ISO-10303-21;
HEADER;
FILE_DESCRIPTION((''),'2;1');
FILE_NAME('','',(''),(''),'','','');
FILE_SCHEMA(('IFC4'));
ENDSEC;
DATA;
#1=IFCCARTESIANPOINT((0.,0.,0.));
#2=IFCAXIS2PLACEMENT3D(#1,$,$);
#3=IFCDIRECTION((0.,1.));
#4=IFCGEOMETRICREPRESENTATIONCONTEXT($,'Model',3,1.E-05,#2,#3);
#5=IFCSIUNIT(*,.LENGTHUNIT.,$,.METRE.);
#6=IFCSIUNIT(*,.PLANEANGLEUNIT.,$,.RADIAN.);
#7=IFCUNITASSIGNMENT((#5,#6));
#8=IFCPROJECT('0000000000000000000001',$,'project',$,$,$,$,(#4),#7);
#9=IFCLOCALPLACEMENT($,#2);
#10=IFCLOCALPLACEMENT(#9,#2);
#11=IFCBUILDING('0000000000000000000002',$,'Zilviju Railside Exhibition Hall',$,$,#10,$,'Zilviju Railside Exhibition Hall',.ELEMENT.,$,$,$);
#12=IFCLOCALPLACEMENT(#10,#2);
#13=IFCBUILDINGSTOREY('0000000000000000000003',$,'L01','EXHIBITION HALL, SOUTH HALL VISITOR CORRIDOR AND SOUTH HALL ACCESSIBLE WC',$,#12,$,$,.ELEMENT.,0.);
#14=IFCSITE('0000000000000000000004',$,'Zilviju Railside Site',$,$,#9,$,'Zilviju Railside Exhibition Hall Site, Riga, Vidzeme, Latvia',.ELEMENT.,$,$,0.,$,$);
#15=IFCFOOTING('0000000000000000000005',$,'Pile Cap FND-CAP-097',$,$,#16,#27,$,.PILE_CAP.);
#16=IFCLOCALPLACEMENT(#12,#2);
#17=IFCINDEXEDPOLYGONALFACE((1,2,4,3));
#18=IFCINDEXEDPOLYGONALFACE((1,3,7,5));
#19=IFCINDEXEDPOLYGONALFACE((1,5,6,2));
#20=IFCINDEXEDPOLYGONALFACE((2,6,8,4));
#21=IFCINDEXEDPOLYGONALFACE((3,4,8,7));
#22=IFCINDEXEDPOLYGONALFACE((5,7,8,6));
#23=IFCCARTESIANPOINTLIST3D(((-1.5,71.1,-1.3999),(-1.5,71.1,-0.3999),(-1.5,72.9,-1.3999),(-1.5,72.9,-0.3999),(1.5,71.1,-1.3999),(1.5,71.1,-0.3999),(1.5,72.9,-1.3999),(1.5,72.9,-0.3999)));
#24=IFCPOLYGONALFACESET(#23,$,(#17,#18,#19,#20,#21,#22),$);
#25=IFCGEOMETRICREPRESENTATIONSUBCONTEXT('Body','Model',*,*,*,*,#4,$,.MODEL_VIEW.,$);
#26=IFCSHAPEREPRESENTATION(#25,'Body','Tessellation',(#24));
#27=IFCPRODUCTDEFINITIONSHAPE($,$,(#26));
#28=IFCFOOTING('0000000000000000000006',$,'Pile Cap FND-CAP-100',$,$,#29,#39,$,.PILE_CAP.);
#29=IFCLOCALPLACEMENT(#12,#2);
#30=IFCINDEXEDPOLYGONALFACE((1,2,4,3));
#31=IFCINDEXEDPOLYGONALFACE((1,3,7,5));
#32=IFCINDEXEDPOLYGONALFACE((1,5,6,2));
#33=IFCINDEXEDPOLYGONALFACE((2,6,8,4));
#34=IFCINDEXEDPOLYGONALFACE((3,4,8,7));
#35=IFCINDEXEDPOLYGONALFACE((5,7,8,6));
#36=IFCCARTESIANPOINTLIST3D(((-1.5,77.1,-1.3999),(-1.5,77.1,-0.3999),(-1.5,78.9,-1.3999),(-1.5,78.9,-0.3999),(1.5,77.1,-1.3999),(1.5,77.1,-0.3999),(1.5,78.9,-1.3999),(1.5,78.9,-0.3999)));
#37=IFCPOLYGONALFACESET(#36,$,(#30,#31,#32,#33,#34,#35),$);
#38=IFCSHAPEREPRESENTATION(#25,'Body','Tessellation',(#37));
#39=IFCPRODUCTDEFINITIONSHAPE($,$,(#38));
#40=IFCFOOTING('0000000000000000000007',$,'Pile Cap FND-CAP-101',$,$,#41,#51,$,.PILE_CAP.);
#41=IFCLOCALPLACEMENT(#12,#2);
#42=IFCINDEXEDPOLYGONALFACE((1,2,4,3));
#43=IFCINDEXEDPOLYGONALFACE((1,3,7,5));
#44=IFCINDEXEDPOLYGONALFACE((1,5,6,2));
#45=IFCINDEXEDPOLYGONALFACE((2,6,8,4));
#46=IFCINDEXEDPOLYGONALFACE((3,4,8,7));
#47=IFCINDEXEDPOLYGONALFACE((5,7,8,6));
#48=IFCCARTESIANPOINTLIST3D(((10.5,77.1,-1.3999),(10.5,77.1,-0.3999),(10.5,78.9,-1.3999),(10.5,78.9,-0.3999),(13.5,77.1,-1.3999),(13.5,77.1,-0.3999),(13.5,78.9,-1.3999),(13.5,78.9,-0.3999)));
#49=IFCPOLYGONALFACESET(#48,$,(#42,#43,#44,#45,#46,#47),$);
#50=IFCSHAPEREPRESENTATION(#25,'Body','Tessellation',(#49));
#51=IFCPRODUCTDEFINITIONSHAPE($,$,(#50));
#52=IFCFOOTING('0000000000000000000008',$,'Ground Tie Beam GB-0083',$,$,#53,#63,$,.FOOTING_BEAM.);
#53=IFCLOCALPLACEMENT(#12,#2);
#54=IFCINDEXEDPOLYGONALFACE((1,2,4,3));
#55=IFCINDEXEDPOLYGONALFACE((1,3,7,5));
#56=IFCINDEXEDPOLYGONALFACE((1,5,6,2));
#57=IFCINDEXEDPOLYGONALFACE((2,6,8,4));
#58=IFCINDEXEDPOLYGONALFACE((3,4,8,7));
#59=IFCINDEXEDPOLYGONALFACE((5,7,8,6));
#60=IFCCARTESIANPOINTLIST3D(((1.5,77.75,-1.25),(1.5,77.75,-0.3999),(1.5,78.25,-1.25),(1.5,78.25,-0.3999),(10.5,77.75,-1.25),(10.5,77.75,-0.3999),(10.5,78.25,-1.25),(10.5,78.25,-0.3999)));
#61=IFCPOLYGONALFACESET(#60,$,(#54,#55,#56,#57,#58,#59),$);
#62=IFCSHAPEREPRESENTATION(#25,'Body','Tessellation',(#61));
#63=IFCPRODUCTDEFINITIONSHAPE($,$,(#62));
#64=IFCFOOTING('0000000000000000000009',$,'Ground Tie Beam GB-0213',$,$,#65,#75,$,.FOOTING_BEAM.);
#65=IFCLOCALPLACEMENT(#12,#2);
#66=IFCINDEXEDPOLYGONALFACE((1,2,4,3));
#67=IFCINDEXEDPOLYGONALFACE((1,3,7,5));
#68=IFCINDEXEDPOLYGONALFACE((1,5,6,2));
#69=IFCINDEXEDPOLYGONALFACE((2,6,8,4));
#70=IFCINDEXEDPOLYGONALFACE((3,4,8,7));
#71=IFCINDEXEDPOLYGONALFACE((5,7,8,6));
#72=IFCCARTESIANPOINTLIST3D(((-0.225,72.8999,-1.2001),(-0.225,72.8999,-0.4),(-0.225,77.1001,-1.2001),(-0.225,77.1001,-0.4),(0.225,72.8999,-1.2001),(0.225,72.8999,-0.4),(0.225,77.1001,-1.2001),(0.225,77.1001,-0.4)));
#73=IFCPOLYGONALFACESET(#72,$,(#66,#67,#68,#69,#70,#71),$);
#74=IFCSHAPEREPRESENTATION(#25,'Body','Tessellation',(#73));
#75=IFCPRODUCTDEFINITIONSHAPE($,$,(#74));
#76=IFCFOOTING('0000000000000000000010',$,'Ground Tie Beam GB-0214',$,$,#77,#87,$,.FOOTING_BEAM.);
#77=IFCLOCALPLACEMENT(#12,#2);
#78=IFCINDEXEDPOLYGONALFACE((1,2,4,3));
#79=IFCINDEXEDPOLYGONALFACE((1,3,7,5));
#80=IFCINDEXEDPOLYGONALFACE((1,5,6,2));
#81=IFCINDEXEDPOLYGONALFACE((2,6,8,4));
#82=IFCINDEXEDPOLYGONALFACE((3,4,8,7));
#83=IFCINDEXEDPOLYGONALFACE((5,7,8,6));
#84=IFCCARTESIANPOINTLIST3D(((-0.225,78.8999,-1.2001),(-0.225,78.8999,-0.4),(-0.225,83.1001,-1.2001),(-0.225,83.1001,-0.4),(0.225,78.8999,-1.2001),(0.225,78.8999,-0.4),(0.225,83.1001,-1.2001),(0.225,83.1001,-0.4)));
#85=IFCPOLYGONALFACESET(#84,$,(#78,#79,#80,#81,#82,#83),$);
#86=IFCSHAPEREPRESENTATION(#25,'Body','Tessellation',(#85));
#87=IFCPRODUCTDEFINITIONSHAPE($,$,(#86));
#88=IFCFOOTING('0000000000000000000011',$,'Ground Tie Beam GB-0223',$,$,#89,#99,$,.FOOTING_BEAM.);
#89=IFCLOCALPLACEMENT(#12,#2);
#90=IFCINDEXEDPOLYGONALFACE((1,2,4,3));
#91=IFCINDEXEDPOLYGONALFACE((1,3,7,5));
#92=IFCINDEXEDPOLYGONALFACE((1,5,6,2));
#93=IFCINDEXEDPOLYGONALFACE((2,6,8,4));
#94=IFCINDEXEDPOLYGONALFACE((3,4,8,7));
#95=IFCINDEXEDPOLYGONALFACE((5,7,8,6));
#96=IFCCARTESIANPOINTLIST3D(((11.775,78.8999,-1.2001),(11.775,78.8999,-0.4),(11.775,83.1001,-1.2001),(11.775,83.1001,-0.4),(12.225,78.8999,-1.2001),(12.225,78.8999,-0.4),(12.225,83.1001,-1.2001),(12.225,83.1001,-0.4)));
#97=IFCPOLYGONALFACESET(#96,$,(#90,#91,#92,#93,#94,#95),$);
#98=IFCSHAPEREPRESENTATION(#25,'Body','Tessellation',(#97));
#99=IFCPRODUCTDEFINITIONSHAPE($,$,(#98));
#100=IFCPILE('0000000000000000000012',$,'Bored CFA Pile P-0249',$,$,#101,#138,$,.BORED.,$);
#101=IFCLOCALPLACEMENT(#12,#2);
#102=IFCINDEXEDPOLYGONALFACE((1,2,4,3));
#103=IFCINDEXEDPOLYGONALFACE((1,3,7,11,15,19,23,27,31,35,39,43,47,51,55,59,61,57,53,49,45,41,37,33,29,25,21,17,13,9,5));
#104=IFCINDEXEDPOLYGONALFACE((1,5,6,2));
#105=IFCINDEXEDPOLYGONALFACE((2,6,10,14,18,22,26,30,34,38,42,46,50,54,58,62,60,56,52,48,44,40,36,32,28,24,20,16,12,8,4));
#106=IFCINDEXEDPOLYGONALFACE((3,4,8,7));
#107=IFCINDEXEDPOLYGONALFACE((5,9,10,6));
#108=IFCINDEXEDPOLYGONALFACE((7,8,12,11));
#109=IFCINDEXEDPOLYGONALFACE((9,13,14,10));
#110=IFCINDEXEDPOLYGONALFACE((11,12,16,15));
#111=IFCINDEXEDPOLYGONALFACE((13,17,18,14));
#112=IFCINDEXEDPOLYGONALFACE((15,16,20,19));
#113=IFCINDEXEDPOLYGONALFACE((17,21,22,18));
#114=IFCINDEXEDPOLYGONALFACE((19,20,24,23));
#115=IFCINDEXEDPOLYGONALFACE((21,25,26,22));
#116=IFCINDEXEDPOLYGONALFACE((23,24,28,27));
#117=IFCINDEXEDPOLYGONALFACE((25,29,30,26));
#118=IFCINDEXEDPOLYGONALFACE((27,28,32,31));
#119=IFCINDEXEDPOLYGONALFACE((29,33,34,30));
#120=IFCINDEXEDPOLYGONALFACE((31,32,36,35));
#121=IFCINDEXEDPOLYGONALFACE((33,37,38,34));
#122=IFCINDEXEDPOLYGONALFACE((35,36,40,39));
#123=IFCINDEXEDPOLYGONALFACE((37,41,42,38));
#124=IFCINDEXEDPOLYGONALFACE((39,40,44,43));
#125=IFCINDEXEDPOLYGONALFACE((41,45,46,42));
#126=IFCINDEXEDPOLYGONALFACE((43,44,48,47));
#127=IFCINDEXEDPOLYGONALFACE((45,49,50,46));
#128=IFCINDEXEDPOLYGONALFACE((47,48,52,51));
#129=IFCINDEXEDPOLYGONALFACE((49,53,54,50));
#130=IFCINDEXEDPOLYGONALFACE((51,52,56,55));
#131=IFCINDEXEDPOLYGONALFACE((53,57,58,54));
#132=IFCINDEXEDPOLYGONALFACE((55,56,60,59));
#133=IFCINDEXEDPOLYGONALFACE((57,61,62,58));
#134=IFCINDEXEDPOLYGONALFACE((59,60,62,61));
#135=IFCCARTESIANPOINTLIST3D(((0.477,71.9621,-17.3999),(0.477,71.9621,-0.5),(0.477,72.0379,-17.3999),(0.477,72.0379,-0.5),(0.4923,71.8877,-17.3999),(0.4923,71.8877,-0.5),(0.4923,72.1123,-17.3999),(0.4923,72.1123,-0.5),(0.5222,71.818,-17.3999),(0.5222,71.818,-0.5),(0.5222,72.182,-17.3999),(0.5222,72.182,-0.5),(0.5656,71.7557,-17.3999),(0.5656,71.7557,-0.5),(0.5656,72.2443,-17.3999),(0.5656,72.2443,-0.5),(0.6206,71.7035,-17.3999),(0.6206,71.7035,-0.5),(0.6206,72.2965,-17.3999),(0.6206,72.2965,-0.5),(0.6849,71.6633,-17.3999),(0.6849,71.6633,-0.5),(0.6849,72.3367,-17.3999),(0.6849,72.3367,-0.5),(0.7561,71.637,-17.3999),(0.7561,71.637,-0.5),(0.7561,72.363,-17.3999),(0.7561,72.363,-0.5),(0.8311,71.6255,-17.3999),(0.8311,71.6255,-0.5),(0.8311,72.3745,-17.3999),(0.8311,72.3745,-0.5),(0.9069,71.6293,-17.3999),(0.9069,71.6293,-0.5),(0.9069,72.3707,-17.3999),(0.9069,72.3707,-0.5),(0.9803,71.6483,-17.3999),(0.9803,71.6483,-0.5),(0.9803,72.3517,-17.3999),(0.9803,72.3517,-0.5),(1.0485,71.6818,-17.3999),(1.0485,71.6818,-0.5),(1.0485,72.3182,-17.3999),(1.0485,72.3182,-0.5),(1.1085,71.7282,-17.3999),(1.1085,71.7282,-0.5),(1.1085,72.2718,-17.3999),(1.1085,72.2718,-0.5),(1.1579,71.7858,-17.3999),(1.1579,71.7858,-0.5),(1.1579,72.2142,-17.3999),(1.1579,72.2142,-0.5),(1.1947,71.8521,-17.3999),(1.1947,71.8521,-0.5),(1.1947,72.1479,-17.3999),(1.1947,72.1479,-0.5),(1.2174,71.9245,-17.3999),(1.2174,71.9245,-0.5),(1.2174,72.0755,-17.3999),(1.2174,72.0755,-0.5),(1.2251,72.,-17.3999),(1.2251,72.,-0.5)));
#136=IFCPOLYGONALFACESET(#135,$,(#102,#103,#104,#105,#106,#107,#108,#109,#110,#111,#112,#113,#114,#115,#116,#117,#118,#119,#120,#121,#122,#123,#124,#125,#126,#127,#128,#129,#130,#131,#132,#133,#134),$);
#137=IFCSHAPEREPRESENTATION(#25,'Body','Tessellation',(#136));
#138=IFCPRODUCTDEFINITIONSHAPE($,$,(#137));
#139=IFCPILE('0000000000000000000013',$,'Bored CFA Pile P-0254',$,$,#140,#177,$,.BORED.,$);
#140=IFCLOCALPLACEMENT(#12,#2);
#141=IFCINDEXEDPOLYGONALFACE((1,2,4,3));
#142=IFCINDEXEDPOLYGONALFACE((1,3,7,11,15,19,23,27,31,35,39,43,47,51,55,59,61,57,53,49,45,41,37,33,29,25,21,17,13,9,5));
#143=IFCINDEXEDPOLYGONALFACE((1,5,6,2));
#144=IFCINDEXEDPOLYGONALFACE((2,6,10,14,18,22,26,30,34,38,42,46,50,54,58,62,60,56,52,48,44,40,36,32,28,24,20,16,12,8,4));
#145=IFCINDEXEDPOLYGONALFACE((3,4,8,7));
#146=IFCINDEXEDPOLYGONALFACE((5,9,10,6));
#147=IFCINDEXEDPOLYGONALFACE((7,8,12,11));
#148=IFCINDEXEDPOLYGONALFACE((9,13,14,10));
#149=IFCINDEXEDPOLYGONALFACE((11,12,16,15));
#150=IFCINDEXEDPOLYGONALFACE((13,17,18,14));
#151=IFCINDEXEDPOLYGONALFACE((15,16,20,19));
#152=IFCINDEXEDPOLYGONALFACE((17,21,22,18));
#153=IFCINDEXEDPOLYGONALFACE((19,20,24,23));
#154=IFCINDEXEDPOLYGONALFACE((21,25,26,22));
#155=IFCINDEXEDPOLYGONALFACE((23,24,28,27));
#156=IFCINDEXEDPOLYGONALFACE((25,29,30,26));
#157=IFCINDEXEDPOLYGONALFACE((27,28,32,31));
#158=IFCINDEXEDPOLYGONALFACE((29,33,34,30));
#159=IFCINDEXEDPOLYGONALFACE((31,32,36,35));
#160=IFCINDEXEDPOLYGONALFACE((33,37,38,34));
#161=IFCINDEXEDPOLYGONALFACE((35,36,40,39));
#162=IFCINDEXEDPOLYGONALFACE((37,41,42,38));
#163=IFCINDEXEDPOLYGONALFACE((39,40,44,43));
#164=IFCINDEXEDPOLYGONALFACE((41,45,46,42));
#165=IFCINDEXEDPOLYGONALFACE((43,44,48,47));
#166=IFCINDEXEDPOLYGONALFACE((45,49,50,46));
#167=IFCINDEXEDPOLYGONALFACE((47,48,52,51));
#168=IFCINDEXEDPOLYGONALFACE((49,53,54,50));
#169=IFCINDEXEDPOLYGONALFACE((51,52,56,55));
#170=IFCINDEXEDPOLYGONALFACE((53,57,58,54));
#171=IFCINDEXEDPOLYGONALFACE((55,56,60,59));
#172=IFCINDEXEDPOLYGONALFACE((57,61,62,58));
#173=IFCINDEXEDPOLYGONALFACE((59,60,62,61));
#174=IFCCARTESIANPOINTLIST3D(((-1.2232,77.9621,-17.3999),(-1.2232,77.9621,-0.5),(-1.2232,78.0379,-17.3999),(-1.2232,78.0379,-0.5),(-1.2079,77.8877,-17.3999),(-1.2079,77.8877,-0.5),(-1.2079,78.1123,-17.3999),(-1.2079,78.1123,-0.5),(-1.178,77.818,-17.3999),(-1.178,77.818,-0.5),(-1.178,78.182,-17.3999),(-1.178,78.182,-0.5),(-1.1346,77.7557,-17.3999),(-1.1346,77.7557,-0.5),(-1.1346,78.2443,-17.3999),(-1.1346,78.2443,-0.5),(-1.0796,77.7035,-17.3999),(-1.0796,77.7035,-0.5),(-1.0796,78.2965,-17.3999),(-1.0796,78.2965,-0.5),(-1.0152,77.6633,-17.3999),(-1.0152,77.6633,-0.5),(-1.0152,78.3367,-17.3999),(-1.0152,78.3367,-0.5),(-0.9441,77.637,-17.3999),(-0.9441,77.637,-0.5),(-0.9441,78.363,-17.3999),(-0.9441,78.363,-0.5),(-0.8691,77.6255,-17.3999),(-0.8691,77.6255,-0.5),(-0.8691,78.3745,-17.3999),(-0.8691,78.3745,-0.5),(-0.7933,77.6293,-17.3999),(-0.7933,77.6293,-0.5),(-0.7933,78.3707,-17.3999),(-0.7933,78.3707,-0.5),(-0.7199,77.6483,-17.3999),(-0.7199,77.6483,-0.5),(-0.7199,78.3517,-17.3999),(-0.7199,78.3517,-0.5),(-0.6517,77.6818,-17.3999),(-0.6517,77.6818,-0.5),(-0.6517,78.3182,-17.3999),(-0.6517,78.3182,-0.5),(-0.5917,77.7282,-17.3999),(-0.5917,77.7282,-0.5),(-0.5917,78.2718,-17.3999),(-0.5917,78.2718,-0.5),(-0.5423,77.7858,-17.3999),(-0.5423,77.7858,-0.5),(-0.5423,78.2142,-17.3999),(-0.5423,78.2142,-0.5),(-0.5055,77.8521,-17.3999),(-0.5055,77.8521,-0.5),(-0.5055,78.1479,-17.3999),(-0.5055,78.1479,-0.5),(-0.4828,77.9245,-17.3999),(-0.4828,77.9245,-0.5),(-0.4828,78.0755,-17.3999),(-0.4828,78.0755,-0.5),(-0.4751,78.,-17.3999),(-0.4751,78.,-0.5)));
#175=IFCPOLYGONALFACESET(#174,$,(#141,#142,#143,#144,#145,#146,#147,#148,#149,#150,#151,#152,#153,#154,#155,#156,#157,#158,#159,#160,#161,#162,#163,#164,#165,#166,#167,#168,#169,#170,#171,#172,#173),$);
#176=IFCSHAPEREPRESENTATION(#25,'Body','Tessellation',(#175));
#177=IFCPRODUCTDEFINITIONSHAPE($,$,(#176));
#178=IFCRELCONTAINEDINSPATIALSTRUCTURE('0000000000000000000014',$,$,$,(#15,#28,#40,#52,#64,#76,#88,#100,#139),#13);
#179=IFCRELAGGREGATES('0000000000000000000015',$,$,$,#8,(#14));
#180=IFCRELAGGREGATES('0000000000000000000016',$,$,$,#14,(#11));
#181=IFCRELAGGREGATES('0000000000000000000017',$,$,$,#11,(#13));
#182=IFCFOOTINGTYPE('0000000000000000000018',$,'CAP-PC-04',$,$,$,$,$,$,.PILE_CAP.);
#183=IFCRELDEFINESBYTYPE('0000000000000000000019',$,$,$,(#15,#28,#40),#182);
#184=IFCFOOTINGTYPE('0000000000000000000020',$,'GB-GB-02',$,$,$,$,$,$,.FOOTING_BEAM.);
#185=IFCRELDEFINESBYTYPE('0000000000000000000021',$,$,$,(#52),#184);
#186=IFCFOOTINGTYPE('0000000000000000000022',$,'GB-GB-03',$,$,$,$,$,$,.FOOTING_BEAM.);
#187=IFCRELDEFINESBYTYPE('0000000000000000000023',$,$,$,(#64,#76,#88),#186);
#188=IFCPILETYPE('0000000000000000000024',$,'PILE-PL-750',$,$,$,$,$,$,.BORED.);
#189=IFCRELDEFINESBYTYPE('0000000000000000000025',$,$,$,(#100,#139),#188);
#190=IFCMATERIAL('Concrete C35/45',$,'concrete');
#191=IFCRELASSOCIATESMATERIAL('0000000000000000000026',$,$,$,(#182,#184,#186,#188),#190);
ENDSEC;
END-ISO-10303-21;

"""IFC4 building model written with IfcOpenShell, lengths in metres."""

from ifc_helpers import new_model, si_unit, direction, frame, origin, origin_2d, place, context, subcontext, project, spatial, rectangle, circle, extrude, material, material_profile, profile_set, type_object, element, save


model = new_model("IFC4")

# Units and contexts
model_context = context("Model", 3, precision=1e-05, world=origin(), true_north=direction((0.0, 1.0)))
body_context = subcontext(model_context, "Body", "Model", "MODEL_VIEW")
ifc_project = project(units=[si_unit("LENGTHUNIT", "METRE"), si_unit("PLANEANGLEUNIT", "RADIAN")], contexts=[model_context])

# Site, building, storey
site_placement = place(None, origin())
site = spatial("IfcSite", under=ifc_project, at=site_placement, Name="Zilviju Railside Site", LongName="Zilviju Railside Exhibition Hall Site, Riga, Vidzeme, Latvia", CompositionType="ELEMENT", RefElevation=0.0)
building_placement = place(site_placement, origin())
building = spatial("IfcBuilding", under=site, at=building_placement, Name="Zilviju Railside Exhibition Hall", LongName="Zilviju Railside Exhibition Hall", CompositionType="ELEMENT")
storey_placement = place(building_placement, origin())
storey = spatial("IfcBuildingStorey", under=building, at=storey_placement, Name="L01", Description="EXHIBITION HALL, SOUTH HALL VISITOR CORRIDOR AND SOUTH HALL ACCESSIBLE WC", CompositionType="ELEMENT", Elevation=0.0)

# Footings
ifc_material_1 = material(Name="Concrete C35/45", Category="concrete")
footing_type_1 = type_object("IfcFootingType", Name="CAP-PC-04", PredefinedType="PILE_CAP", material=ifc_material_1)
for number, where, z_axis, x_axis, name in (
    (1, (0.0, 72.0, -1.3999), (0.0, 0.0, 1.0), (1.0, 0.0, 0.0), "Pile Cap FND-CAP-097"),
    (2, (0.0, 78.0, -1.3999), (0.0, 0.0, 1.0), (1.0, 0.0, 0.0), "Pile Cap FND-CAP-100"),
    (3, (12.0, 78.0, -1.3999), (0.0, 0.0, 1.0), (1.0, 0.0, 0.0), "Pile Cap FND-CAP-101"),
):
    element("IfcFooting", number, at=place(storey_placement, frame(where, z_axis=z_axis, x_axis=x_axis)), inside=storey, type_object=footing_type_1, Name=name, PredefinedType="PILE_CAP", context=body_context, shape_type="SweptSolid", body=[
        extrude(rectangle(XDim=3.0, YDim=1.8, at=origin_2d()), origin(), (0.0, 0.0, 1.0), 1.0),
    ])
ifc_material_profile_1 = material_profile(ifc_material_1, rectangle(XDim=0.5, YDim=0.8501, at=origin_2d()), Name="TIE BEAM 500x850")
ifc_profile_set_1 = profile_set([ifc_material_profile_1], Name="Concrete C35/45")
footing_type_2 = type_object("IfcFootingType", Name="GB-GB-02", PredefinedType="FOOTING_BEAM", material=ifc_profile_set_1)
footing_placement = place(storey_placement, frame((1.5, 78.0, -0.825), z_axis=(1.0, 0.0, 0.0), x_axis=(0.0, 1.0, 0.0)))
element("IfcFooting", 4, at=footing_placement, inside=storey, type_object=footing_type_2, Name="Ground Tie Beam GB-0083", PredefinedType="FOOTING_BEAM", context=body_context, shape_type="SweptSolid", body=[
    extrude(rectangle(XDim=0.5, YDim=0.8501, at=origin_2d()), origin(), (0.0, 0.0, 1.0), 9.0),
])
ifc_material_profile_2 = material_profile(ifc_material_1, rectangle(XDim=0.45, YDim=0.8, at=origin_2d()), Name="TIE BEAM 450x800")
ifc_profile_set_2 = profile_set([ifc_material_profile_2], Name="Concrete C35/45")
footing_type_3 = type_object("IfcFootingType", Name="GB-GB-03", PredefinedType="FOOTING_BEAM", material=ifc_profile_set_2)
for number, where, z_axis, x_axis, name in (
    (5, (0.0, 72.8999, -0.8), (0.0, 1.0, 0.0), (-1.0, 0.0, 0.0), "Ground Tie Beam GB-0213"),
    (6, (0.0, 78.8999, -0.8), (0.0, 1.0, 0.0), (-1.0, 0.0, 0.0), "Ground Tie Beam GB-0214"),
    (7, (12.0, 78.8999, -0.8), (0.0, 1.0, 0.0), (-1.0, 0.0, 0.0), "Ground Tie Beam GB-0223"),
):
    element("IfcFooting", number, at=place(storey_placement, frame(where, z_axis=z_axis, x_axis=x_axis)), inside=storey, type_object=footing_type_3, Name=name, PredefinedType="FOOTING_BEAM", context=body_context, shape_type="SweptSolid", body=[
        extrude(rectangle(XDim=0.45, YDim=0.8, at=origin_2d()), origin(), (0.0, 0.0, 1.0), 4.2002),
    ])

# Piles
ifc_material_profile_3 = material_profile(ifc_material_1, circle(Radius=0.375, at=origin_2d()), Name="CFA PILE D750")
ifc_profile_set_3 = profile_set([ifc_material_profile_3], Name="Concrete C35/45")
pile_type = type_object("IfcPileType", Name="PILE-PL-750", PredefinedType="BORED", material=ifc_profile_set_3)
for number, where, z_axis, x_axis, name in (
    (8, (0.8501, 72.0, -0.5), (0.0, 0.0, -1.0), (1.0, 0.0, 0.0), "Bored CFA Pile P-0249"),
    (9, (-0.8501, 78.0, -0.5), (0.0, 0.0, -1.0), (1.0, 0.0, 0.0), "Bored CFA Pile P-0254"),
):
    element("IfcPile", number, at=place(storey_placement, frame(where, z_axis=z_axis, x_axis=x_axis)), inside=storey, type_object=pile_type, Name=name, PredefinedType="BORED", context=body_context, shape_type="SweptSolid", body=[
        extrude(circle(Radius=0.375, at=origin_2d()), origin(), (0.0, 0.0, 1.0), 16.8999),
    ])

save(model, "model.ifc")
